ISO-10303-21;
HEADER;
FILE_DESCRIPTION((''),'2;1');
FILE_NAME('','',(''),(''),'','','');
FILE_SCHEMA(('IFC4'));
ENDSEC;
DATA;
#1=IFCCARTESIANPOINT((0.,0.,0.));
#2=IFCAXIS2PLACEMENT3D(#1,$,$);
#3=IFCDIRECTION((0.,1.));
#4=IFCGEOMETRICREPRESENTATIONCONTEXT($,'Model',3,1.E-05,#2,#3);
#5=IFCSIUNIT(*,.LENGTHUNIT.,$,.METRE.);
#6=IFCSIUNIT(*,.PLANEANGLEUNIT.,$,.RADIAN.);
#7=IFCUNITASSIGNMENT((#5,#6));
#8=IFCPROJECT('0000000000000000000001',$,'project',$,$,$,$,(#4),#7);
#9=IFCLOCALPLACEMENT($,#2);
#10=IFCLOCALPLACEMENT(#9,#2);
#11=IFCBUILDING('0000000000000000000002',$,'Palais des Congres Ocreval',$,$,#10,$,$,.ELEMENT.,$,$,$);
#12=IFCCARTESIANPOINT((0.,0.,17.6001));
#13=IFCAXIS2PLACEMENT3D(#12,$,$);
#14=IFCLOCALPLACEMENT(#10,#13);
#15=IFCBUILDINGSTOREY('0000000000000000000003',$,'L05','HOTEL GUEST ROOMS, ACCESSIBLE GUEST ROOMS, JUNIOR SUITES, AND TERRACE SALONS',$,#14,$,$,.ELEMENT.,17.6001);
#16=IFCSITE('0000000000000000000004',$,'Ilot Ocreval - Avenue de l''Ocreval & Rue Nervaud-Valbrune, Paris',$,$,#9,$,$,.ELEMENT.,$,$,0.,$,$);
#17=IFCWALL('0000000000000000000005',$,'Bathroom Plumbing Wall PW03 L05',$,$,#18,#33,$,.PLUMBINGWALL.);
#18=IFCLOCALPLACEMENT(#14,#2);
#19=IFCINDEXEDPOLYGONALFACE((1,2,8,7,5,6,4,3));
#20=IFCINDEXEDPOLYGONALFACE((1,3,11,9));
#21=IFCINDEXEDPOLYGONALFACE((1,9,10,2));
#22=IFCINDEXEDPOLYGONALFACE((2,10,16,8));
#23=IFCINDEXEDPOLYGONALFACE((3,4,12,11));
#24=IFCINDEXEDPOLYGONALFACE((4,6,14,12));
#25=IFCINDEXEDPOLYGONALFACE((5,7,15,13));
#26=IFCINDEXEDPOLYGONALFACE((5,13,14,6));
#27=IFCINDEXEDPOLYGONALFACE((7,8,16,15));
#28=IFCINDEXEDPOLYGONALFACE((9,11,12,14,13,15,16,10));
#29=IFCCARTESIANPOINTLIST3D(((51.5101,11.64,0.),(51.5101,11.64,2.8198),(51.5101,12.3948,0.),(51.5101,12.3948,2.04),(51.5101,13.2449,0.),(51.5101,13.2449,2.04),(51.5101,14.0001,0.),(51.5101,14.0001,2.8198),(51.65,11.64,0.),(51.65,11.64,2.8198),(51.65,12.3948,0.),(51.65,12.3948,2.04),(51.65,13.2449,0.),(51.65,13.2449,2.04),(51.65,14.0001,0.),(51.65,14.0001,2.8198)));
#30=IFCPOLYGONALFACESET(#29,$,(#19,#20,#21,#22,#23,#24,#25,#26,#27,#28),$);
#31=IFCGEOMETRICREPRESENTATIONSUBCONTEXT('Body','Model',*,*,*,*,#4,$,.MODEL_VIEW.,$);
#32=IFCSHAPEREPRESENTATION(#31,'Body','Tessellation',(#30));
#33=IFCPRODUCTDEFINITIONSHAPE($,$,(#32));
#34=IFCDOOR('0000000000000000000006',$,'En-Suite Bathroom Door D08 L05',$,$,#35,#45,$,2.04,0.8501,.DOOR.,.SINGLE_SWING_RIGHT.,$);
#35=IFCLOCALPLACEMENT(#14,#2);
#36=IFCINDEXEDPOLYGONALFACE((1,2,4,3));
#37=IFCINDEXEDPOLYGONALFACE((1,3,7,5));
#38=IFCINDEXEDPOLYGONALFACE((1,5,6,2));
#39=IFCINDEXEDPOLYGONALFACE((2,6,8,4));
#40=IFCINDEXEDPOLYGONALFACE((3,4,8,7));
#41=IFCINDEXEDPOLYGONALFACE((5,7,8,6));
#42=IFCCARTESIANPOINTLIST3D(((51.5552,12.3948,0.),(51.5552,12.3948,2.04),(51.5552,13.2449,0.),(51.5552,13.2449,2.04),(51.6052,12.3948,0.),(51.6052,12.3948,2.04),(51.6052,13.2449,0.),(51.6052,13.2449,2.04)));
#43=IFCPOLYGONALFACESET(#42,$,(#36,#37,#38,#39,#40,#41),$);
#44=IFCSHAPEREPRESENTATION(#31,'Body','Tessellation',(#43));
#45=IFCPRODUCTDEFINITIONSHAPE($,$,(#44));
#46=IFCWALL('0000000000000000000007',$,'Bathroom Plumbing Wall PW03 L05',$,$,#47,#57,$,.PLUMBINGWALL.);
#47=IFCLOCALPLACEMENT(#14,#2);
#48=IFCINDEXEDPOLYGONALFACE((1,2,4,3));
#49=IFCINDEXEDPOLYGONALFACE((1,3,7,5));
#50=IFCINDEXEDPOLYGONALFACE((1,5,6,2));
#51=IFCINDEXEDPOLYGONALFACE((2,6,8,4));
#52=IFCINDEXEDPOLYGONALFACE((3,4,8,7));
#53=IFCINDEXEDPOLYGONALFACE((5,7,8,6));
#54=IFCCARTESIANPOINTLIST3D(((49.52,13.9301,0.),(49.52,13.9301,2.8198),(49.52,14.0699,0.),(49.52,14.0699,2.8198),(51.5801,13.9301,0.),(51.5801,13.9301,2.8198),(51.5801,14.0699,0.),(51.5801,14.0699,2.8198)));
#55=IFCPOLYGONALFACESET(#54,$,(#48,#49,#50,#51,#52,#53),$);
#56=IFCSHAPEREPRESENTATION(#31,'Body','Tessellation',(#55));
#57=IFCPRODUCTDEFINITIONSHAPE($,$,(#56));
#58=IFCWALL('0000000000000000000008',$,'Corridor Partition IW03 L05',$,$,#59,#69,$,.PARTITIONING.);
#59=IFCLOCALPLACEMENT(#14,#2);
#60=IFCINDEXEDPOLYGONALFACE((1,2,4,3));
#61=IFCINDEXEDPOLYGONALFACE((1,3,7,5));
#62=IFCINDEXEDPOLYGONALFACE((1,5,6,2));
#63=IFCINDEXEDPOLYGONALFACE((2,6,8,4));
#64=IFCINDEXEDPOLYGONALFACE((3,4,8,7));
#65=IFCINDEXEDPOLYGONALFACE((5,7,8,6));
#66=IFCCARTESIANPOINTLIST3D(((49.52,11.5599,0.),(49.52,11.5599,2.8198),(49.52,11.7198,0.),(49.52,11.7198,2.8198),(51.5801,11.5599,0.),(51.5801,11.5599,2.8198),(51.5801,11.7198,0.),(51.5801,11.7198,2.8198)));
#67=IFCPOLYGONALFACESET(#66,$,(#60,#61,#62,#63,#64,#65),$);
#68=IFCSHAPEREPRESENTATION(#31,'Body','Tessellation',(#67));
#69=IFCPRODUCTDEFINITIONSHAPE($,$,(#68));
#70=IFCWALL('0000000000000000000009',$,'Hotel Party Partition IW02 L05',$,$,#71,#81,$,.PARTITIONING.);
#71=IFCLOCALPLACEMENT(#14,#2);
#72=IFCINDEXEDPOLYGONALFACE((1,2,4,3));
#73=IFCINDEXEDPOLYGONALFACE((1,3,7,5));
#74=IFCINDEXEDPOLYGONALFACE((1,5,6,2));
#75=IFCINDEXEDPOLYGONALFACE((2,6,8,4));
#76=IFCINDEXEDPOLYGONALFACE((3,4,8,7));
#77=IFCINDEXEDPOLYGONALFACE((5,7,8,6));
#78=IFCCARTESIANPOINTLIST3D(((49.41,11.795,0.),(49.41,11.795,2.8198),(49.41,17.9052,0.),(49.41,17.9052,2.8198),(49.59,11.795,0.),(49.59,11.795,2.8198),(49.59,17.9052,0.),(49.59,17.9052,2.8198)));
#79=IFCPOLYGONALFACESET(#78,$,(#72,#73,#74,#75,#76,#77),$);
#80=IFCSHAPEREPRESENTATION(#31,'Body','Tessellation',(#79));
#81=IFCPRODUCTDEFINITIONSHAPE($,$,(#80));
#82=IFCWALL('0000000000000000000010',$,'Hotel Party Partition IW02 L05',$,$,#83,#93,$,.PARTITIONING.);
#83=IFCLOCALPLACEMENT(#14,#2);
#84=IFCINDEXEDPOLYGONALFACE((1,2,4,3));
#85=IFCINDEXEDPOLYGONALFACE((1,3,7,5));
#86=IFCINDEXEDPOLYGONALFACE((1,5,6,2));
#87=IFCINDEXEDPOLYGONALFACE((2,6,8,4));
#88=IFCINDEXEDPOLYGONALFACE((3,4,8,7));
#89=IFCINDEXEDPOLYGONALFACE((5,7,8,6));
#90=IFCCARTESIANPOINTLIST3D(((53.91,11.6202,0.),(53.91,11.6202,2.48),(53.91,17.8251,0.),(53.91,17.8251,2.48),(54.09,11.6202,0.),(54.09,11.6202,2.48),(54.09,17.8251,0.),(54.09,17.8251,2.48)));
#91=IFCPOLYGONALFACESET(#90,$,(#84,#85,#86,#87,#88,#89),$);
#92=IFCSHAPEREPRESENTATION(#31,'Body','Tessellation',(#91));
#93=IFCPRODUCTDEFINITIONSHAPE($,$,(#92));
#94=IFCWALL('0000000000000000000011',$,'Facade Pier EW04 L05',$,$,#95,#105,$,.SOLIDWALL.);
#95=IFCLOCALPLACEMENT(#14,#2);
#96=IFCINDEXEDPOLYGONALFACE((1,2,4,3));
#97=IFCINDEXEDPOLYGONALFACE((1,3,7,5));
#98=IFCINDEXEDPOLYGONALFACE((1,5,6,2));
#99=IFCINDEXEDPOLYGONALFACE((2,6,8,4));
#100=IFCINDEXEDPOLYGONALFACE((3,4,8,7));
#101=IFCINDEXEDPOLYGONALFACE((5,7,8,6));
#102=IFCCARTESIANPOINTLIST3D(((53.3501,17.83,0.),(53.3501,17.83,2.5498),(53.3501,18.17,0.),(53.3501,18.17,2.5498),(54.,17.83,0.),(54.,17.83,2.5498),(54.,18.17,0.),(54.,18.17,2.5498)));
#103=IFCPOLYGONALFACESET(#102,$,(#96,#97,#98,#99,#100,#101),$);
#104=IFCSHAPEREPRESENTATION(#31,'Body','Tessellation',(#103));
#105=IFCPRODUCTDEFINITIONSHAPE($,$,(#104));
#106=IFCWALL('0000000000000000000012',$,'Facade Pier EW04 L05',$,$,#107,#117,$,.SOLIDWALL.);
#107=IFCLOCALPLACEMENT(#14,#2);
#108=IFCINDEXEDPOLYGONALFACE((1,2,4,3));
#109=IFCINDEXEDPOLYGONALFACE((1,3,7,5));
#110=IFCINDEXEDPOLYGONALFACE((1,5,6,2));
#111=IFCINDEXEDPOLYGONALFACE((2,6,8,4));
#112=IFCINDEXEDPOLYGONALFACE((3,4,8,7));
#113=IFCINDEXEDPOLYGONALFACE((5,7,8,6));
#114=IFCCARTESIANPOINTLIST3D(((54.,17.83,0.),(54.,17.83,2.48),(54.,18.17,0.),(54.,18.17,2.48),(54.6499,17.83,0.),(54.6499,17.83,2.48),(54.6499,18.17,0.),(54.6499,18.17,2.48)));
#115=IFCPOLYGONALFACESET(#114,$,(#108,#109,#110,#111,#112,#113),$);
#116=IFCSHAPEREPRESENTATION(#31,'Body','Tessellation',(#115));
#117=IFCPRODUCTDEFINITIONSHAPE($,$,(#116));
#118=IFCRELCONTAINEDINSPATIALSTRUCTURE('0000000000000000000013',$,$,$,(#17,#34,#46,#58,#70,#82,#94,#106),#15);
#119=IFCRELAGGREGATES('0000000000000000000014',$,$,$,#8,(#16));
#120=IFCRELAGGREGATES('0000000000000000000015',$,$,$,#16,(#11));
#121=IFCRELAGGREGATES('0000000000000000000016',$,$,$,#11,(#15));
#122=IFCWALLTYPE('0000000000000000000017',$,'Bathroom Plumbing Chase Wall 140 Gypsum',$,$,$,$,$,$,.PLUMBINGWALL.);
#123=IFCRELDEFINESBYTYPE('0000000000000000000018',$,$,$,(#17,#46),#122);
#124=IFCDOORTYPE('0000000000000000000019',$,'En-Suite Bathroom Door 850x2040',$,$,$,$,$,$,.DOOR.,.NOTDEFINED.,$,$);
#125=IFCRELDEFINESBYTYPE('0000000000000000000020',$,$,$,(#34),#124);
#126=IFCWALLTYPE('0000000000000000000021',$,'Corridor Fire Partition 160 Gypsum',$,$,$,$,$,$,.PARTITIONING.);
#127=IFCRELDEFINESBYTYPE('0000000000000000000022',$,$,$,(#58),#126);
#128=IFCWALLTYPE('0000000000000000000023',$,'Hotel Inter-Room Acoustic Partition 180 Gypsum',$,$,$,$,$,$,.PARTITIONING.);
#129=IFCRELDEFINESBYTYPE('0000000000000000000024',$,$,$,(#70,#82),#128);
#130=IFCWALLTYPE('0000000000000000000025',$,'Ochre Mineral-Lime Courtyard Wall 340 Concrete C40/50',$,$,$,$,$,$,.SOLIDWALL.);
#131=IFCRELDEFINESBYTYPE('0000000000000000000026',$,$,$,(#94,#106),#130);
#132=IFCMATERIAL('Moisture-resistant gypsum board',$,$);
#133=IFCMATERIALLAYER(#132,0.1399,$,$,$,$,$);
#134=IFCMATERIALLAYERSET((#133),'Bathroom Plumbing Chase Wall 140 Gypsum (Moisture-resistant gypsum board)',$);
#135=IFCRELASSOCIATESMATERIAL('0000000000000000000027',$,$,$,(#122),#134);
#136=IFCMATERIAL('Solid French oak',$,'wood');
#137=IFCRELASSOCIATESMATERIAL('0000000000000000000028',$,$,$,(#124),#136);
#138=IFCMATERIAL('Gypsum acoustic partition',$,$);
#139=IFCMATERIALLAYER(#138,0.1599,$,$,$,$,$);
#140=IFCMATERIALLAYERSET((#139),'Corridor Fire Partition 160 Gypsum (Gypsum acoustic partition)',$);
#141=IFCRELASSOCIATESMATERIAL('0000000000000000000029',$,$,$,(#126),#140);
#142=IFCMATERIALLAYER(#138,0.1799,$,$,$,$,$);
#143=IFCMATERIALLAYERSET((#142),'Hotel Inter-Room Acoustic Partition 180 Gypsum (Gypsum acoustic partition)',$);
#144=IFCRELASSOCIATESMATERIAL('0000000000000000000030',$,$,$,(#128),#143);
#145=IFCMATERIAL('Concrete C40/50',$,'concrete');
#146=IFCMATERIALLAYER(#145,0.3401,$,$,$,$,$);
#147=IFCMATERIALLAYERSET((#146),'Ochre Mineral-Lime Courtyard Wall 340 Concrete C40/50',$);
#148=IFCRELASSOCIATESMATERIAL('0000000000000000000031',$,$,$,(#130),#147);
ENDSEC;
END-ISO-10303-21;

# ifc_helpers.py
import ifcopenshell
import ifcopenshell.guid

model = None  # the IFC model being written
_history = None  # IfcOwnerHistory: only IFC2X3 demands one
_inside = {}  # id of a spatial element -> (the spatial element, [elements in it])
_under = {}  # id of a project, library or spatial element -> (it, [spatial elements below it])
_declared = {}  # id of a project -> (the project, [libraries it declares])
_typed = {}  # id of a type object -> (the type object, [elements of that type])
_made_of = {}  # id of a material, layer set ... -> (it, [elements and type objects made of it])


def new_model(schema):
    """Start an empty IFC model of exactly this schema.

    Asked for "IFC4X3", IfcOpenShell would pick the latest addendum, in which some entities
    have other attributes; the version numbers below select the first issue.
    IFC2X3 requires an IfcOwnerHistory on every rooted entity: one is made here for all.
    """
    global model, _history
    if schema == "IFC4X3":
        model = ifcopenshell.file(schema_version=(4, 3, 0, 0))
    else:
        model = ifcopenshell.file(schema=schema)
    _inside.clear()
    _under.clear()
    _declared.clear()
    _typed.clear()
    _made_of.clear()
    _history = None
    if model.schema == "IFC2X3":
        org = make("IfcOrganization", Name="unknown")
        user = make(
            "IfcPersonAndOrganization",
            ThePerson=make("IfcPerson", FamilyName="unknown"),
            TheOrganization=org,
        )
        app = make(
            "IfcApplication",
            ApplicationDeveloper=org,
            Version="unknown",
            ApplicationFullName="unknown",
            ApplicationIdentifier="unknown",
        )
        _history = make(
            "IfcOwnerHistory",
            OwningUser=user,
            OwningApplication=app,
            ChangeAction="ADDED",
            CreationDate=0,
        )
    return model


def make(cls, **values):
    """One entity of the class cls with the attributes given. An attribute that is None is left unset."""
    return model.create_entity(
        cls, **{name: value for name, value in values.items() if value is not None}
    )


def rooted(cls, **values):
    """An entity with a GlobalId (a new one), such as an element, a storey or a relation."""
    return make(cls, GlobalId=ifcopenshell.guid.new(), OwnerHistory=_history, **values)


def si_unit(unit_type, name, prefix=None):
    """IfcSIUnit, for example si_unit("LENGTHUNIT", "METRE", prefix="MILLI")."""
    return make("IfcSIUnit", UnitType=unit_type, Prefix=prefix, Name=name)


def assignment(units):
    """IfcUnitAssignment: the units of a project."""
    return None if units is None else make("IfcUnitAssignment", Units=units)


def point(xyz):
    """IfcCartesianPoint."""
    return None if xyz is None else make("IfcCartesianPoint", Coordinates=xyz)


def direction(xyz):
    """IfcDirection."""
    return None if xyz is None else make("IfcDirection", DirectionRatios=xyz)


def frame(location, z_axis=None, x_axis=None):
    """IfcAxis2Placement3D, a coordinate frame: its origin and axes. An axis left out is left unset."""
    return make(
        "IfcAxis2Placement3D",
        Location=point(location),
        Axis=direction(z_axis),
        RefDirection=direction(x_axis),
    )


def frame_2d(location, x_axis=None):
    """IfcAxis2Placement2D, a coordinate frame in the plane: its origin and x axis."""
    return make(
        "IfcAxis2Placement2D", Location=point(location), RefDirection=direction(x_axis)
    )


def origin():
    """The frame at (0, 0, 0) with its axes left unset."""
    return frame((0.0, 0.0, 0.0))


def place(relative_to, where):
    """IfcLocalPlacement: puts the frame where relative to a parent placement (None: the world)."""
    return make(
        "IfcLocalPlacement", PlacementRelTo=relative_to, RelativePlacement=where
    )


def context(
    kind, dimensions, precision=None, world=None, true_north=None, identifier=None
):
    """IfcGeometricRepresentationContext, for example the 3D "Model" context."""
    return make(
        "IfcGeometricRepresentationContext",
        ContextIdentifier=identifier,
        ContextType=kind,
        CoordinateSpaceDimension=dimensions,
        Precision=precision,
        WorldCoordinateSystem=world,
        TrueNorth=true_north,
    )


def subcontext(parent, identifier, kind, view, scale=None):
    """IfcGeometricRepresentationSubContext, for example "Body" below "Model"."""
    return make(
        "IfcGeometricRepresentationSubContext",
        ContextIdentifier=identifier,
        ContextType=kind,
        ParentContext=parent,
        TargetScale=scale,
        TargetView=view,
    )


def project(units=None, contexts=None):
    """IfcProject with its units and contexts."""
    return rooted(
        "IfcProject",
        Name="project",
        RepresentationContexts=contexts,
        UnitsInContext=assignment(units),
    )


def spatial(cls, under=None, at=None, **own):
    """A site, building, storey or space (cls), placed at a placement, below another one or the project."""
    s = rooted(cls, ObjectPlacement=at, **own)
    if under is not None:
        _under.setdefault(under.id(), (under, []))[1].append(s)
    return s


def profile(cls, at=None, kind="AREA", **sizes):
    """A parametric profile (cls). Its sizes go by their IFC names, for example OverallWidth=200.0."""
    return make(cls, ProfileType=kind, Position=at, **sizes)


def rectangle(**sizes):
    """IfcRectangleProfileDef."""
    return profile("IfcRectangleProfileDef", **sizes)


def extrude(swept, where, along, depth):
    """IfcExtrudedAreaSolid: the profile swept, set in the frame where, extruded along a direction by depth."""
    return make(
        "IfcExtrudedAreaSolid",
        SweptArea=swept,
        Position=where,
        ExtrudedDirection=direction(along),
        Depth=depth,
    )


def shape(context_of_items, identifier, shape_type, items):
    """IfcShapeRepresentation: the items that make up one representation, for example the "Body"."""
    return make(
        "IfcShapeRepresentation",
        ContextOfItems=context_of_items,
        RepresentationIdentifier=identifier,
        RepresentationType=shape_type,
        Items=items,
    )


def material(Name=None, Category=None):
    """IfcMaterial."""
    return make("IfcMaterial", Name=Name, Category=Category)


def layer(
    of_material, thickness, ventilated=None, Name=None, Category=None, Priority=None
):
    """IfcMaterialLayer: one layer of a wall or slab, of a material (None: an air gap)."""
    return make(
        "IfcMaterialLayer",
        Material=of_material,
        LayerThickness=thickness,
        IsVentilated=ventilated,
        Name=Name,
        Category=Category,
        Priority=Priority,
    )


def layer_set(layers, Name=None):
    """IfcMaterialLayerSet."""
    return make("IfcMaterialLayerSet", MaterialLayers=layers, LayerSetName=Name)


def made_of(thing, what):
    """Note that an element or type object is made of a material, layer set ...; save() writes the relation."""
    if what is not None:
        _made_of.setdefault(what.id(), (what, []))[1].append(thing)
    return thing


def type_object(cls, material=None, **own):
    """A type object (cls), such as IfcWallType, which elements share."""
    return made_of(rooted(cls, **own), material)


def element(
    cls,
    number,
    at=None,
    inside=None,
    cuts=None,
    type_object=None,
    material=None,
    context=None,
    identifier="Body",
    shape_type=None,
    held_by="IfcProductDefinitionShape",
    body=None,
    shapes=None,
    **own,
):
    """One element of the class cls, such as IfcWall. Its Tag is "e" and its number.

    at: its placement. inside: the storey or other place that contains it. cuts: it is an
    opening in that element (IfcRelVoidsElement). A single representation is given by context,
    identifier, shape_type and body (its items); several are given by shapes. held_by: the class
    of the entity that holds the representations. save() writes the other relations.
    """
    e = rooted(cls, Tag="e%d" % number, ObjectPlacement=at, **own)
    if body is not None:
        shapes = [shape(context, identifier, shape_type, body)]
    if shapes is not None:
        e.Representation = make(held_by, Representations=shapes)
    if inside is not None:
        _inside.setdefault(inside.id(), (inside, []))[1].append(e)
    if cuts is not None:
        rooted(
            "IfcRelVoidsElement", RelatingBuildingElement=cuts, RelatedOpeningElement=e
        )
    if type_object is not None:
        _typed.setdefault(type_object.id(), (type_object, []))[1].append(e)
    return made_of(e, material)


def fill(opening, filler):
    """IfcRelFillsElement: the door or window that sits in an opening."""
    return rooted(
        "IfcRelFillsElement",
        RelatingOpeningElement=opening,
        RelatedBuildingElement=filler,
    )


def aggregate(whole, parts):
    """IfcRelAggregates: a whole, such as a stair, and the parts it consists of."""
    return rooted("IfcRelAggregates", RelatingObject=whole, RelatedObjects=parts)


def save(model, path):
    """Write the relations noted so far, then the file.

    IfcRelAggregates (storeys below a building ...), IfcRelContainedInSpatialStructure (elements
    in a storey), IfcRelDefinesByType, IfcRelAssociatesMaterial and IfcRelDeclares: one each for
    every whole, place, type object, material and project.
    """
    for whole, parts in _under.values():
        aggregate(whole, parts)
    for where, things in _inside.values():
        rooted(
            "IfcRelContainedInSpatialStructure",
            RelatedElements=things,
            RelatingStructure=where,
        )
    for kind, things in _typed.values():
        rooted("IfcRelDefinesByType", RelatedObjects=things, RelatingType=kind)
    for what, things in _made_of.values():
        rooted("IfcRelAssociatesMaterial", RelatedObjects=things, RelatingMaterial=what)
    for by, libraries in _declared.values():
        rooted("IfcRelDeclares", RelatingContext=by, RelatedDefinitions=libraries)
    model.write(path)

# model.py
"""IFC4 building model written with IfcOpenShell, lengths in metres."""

from ifc_helpers import new_model, si_unit, direction, frame, frame_2d, origin, place, context, subcontext, project, spatial, rectangle, extrude, material, layer, layer_set, type_object, element, fill, save


model = new_model("IFC4")

# Units and contexts
model_context = context("Model", 3, precision=1e-05, world=origin(), true_north=direction((0.0, 1.0)))
body_context = subcontext(model_context, "Body", "Model", "MODEL_VIEW")
ifc_project = project(units=[si_unit("LENGTHUNIT", "METRE"), si_unit("PLANEANGLEUNIT", "RADIAN")], contexts=[model_context])

# Site, building, storey
site_placement = place(None, origin())
site = spatial("IfcSite", under=ifc_project, at=site_placement, Name="Ilot Ocreval - Avenue de l'Ocreval & Rue Nervaud-Valbrune, Paris", CompositionType="ELEMENT", RefElevation=0.0)
building_placement = place(site_placement, origin())
building = spatial("IfcBuilding", under=site, at=building_placement, Name="Palais des Congres Ocreval", CompositionType="ELEMENT")
storey_placement = place(building_placement, frame((0.0, 0.0, 17.6001)))
storey = spatial("IfcBuildingStorey", under=building, at=storey_placement, Name="L05", Description="HOTEL GUEST ROOMS, ACCESSIBLE GUEST ROOMS, JUNIOR SUITES, AND TERRACE SALONS", CompositionType="ELEMENT", Elevation=17.6001)

# Shared definitions
ifc_material_1 = material(Name="Concrete C40/50", Category="concrete")

# Wall, opening, door
ifc_material_2 = material(Name="Moisture-resistant gypsum board")
ifc_layer_1 = layer(ifc_material_2, 0.1399)
ifc_layer_set_1 = layer_set([ifc_layer_1], Name="Bathroom Plumbing Chase Wall 140 Gypsum (Moisture-resistant gypsum board)")
wall_type_1 = type_object("IfcWallType", Name="Bathroom Plumbing Chase Wall 140 Gypsum", PredefinedType="PLUMBINGWALL", material=ifc_layer_set_1)
wall_1_placement = place(storey_placement, frame((51.5801, 11.6399, 0.0), z_axis=(0.0, 0.0, 1.0), x_axis=(0.0, 1.0, 0.0)))
wall_1 = element("IfcWall", 1, at=wall_1_placement, inside=storey, type_object=wall_type_1, Name="Bathroom Plumbing Wall PW03 L05", PredefinedType="PLUMBINGWALL", context=body_context, shape_type="SweptSolid", body=[
    extrude(rectangle(XDim=2.3601, YDim=0.1399, at=frame_2d((1.1802, 0.0))), origin(), (0.0, 0.0, 1.0), 2.8198),
])
opening_1_placement = place(wall_1_placement, frame((0.7549, 0.0, 0.0)))
opening_1 = element("IfcOpeningElement", 2, at=opening_1_placement, cuts=wall_1, PredefinedType="OPENING", context=body_context, shape_type="SweptSolid", body=[
    extrude(rectangle(XDim=0.8501, YDim=2.04, at=frame_2d((0.425, 1.02))), frame((0.0, 0.0798, 0.0), z_axis=(0.0, -1.0, 0.0), x_axis=(1.0, 0.0, 0.0)), (0.0, 0.0, 1.0), 0.1599),
])
ifc_material_3 = material(Name="Solid French oak", Category="wood")
door_type_1 = type_object("IfcDoorType", Name="En-Suite Bathroom Door 850x2040", OperationType="NOTDEFINED", PredefinedType="DOOR", material=ifc_material_3)
door_1_placement = place(opening_1_placement, origin())
door_1 = element("IfcDoor", 3, at=door_1_placement, inside=storey, type_object=door_type_1, Name="En-Suite Bathroom Door D08 L05", OperationType="SINGLE_SWING_RIGHT", OverallHeight=2.04, OverallWidth=0.8501, PredefinedType="DOOR", context=body_context, shape_type="SweptSolid", body=[
    extrude(rectangle(XDim=0.8501, YDim=2.04, at=frame_2d((0.425, 1.02))), frame((0.0, 0.0249, 0.0), z_axis=(0.0, -1.0, 0.0), x_axis=(1.0, 0.0, 0.0)), (0.0, 0.0, 1.0), 0.05),
])
fill(opening_1, door_1)

# Walls
wall_2_placement = place(storey_placement, frame((49.52, 14.0, 0.0), z_axis=(0.0, 0.0, 1.0), x_axis=(1.0, 0.0, 0.0)))
element("IfcWall", 4, at=wall_2_placement, inside=storey, type_object=wall_type_1, Name="Bathroom Plumbing Wall PW03 L05", PredefinedType="PLUMBINGWALL", context=body_context, shape_type="SweptSolid", body=[
    extrude(rectangle(XDim=2.0601, YDim=0.1399, at=frame_2d((1.03, 0.0))), origin(), (0.0, 0.0, 1.0), 2.8198),
])
ifc_material_4 = material(Name="Gypsum acoustic partition")
ifc_layer_2 = layer(ifc_material_4, 0.1599)
ifc_layer_set_2 = layer_set([ifc_layer_2], Name="Corridor Fire Partition 160 Gypsum (Gypsum acoustic partition)")
wall_type_2 = type_object("IfcWallType", Name="Corridor Fire Partition 160 Gypsum", PredefinedType="PARTITIONING", material=ifc_layer_set_2)
wall_3_placement = place(storey_placement, frame((49.52, 11.6399, 0.0), z_axis=(0.0, 0.0, 1.0), x_axis=(1.0, 0.0, 0.0)))
element("IfcWall", 5, at=wall_3_placement, inside=storey, type_object=wall_type_2, Name="Corridor Partition IW03 L05", PredefinedType="PARTITIONING", context=body_context, shape_type="SweptSolid", body=[
    extrude(rectangle(XDim=2.0601, YDim=0.1599, at=frame_2d((1.03, 0.0))), origin(), (0.0, 0.0, 1.0), 2.8198),
])

# Walls
ifc_layer_3 = layer(ifc_material_4, 0.1799)
ifc_layer_set_3 = layer_set([ifc_layer_3], Name="Hotel Inter-Room Acoustic Partition 180 Gypsum (Gypsum acoustic partition)")
wall_type_3 = type_object("IfcWallType", Name="Hotel Inter-Room Acoustic Partition 180 Gypsum", PredefinedType="PARTITIONING", material=ifc_layer_set_3)
wall_4_placement = place(storey_placement, frame((49.5, 11.7949, 0.0), z_axis=(0.0, 0.0, 1.0), x_axis=(0.0, 1.0, 0.0)))
element("IfcWall", 6, at=wall_4_placement, inside=storey, type_object=wall_type_3, Name="Hotel Party Partition IW02 L05", PredefinedType="PARTITIONING", context=body_context, shape_type="SweptSolid", body=[
    extrude(rectangle(XDim=6.1101, YDim=0.1799, at=frame_2d((3.0552, 0.0))), origin(), (0.0, 0.0, 1.0), 2.8198),
])
wall_5_placement = place(storey_placement, frame((54.0, 11.6201, 0.0), z_axis=(0.0, 0.0, 1.0), x_axis=(0.0, 1.0, 0.0)))
element("IfcWall", 7, at=wall_5_placement, inside=storey, type_object=wall_type_3, Name="Hotel Party Partition IW02 L05", PredefinedType="PARTITIONING", context=body_context, shape_type="SweptSolid", body=[
    extrude(rectangle(XDim=6.2048, YDim=0.1799, at=frame_2d((3.1025, 0.0))), origin(), (0.0, 0.0, 1.0), 2.48),
])
ifc_layer_4 = layer(ifc_material_1, 0.3401)
ifc_layer_set_4 = layer_set([ifc_layer_4], Name="Ochre Mineral-Lime Courtyard Wall 340 Concrete C40/50")
wall_type_4 = type_object("IfcWallType", Name="Ochre Mineral-Lime Courtyard Wall 340 Concrete C40/50", PredefinedType="SOLIDWALL", material=ifc_layer_set_4)
wall_6_placement = place(storey_placement, frame((53.3501, 18.0, 0.0), z_axis=(0.0, 0.0, 1.0), x_axis=(1.0, 0.0, 0.0)))
element("IfcWall", 8, at=wall_6_placement, inside=storey, type_object=wall_type_4, Name="Facade Pier EW04 L05", PredefinedType="SOLIDWALL", context=body_context, shape_type="SweptSolid", body=[
    extrude(rectangle(XDim=0.6499, YDim=0.3401, at=frame_2d((0.325, 0.0))), origin(), (0.0, 0.0, 1.0), 2.5498),
])
wall_7_placement = place(storey_placement, frame((54.0, 18.0, 0.0), z_axis=(0.0, 0.0, 1.0), x_axis=(1.0, 0.0, 0.0)))
element("IfcWall", 9, at=wall_7_placement, inside=storey, type_object=wall_type_4, Name="Facade Pier EW04 L05", PredefinedType="SOLIDWALL", context=body_context, shape_type="SweptSolid", body=[
    extrude(rectangle(XDim=0.6499, YDim=0.3401, at=frame_2d((0.325, 0.0))), origin(), (0.0, 0.0, 1.0), 2.48),
])

save(model, "model.ifc")
